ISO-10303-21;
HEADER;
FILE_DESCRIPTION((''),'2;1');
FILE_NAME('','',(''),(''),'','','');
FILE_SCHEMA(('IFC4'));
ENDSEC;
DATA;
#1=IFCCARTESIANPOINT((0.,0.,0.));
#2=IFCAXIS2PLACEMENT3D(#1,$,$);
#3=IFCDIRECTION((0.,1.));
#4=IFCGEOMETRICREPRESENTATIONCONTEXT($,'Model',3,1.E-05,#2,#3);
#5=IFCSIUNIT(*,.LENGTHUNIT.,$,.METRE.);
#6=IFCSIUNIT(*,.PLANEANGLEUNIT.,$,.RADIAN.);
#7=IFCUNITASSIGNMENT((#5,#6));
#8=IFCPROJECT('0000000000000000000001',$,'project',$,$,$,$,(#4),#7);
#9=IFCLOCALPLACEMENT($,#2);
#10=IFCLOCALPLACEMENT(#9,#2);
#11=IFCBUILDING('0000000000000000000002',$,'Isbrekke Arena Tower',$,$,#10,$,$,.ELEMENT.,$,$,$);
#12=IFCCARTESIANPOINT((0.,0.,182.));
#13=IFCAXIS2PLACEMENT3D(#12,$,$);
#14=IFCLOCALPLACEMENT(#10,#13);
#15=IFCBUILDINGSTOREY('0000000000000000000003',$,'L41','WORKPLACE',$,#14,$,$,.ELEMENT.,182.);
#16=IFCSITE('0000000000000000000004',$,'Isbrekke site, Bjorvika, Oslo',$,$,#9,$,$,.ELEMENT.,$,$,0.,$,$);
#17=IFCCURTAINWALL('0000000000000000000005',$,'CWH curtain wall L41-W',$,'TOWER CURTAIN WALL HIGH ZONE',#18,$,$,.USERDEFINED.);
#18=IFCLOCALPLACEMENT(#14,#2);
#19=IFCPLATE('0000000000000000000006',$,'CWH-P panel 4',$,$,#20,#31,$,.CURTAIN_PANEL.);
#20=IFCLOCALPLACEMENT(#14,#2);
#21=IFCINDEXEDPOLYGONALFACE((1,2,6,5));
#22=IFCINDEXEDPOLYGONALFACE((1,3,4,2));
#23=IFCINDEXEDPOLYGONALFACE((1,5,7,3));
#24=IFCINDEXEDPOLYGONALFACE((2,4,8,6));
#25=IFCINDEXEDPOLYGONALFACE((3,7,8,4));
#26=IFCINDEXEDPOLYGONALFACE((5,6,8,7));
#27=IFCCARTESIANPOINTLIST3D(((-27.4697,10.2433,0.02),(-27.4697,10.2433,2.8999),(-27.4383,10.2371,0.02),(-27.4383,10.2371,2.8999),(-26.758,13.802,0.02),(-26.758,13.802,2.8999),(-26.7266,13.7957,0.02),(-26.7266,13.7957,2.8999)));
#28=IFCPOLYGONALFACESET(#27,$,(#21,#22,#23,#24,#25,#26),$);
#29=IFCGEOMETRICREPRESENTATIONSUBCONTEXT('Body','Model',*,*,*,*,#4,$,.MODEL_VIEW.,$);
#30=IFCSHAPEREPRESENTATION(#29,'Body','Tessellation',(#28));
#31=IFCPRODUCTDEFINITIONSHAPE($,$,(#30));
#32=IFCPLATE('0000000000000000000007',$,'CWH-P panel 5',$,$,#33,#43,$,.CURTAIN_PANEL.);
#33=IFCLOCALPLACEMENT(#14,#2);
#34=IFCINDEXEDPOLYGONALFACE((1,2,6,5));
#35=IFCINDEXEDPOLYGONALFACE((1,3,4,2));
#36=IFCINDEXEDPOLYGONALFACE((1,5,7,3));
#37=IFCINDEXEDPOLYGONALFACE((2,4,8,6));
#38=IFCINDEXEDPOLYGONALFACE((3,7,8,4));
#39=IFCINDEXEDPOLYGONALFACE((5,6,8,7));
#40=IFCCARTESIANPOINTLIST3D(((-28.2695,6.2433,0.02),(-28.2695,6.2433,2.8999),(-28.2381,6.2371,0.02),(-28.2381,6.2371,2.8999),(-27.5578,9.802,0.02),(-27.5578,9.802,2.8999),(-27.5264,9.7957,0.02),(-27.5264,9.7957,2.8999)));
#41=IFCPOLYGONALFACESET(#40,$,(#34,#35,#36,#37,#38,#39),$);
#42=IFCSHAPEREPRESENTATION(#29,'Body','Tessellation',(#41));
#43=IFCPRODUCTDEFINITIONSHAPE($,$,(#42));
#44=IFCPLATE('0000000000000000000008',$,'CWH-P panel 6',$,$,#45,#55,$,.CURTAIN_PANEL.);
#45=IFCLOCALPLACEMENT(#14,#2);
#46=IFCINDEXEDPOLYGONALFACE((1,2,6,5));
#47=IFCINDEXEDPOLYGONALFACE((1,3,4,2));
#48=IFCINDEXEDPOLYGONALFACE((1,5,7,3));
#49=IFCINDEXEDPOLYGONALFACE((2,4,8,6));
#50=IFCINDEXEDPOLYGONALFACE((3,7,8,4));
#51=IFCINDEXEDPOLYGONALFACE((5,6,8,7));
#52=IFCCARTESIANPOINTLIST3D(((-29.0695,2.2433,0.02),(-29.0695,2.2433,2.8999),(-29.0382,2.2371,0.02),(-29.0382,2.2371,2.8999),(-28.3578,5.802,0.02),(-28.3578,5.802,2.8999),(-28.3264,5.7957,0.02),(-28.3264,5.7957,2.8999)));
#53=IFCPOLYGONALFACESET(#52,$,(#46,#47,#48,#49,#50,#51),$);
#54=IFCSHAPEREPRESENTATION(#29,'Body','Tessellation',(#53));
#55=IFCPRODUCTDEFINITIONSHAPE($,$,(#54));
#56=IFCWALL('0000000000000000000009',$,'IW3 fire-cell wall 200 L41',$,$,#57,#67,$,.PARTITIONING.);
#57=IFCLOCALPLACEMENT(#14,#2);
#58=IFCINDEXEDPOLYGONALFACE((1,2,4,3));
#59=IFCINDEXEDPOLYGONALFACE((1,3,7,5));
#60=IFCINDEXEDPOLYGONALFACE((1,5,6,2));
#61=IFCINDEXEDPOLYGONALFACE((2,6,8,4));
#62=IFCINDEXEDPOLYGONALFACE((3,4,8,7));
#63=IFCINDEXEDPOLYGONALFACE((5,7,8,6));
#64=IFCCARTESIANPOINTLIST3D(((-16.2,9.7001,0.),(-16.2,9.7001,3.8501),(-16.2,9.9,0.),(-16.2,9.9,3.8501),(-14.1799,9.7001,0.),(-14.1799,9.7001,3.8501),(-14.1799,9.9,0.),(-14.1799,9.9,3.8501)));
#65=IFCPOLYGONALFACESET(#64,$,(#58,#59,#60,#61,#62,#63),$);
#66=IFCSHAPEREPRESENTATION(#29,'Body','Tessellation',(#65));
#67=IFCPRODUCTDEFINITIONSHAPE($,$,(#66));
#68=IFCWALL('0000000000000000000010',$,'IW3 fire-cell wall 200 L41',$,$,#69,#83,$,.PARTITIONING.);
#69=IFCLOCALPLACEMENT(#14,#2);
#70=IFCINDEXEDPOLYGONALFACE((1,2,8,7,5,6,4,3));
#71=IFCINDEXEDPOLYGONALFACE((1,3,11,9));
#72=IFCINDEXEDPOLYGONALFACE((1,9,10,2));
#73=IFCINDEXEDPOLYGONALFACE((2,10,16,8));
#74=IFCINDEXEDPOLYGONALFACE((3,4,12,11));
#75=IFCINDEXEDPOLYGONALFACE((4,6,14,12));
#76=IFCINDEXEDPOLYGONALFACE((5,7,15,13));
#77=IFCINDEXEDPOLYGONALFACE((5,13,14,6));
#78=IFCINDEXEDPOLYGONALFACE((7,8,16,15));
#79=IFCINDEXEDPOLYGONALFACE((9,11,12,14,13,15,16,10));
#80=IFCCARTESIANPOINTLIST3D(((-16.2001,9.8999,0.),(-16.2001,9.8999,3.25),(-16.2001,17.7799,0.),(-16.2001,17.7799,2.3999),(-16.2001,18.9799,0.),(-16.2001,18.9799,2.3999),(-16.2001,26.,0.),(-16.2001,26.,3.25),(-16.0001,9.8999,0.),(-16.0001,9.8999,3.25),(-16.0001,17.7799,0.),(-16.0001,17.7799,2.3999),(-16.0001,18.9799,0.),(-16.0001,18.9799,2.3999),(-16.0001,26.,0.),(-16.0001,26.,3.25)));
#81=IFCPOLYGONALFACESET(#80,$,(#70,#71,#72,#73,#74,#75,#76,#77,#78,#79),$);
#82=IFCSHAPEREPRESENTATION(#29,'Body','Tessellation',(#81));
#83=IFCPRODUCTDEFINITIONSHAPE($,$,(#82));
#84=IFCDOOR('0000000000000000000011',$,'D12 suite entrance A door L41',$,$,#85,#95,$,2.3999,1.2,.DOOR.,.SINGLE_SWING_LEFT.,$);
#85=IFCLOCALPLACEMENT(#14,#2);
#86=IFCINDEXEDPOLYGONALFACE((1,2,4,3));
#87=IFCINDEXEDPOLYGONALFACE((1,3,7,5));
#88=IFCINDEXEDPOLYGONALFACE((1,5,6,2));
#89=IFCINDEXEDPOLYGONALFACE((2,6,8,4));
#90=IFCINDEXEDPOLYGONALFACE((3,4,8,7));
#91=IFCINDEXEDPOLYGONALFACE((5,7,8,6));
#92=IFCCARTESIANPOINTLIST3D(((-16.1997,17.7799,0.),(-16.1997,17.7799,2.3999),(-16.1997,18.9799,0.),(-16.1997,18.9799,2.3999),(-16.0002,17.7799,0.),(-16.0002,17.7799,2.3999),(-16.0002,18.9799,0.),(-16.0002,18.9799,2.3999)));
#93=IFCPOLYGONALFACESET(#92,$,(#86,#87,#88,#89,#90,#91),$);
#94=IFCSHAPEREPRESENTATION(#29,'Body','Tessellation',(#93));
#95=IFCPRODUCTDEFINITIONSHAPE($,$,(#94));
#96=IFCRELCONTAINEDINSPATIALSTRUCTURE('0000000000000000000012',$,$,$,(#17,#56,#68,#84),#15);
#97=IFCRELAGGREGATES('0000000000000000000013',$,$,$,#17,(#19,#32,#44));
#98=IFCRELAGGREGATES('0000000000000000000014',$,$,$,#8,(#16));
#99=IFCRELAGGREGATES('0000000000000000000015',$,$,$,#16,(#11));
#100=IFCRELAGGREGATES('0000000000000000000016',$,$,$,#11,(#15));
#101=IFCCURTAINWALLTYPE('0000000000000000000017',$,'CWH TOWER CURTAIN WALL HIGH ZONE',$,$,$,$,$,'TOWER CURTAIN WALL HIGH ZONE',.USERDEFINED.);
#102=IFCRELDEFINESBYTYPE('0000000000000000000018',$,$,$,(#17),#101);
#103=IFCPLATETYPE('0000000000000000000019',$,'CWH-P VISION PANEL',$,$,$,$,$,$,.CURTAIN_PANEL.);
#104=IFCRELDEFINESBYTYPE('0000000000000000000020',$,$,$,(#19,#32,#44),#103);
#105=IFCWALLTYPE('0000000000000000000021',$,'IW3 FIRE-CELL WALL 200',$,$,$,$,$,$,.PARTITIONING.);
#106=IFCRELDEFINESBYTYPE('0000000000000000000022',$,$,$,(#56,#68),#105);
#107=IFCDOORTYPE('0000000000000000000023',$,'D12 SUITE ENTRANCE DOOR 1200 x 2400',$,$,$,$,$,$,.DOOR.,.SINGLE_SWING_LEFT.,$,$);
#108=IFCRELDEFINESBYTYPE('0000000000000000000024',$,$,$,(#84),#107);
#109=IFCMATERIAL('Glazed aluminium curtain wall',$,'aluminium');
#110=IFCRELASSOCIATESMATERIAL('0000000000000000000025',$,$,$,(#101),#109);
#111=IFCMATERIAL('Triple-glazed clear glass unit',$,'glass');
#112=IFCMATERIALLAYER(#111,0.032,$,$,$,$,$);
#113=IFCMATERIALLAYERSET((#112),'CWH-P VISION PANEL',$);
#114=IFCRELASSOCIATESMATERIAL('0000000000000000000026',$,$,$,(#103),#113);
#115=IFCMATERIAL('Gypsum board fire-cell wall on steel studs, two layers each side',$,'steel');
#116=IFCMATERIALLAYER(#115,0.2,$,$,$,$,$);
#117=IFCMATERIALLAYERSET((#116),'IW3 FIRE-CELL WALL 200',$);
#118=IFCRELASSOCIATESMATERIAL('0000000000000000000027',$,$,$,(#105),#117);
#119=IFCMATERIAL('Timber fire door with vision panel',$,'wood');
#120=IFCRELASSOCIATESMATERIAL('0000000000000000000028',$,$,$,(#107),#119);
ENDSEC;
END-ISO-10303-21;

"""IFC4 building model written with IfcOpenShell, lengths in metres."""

from ifc_helpers import new_model, si_unit, direction, frame, frame_2d, origin, origin_2d, place, context, subcontext, project, spatial, rectangle, extrude, material, layer, layer_set, type_object, element, fill, aggregate, save


model = new_model("IFC4")

# Units and contexts
model_context = context("Model", 3, precision=1e-05, world=origin(), true_north=direction((0.0, 1.0)))
body_context = subcontext(model_context, "Body", "Model", "MODEL_VIEW")
ifc_project = project(units=[si_unit("LENGTHUNIT", "METRE"), si_unit("PLANEANGLEUNIT", "RADIAN")], contexts=[model_context])

# Site, building, storey
site_placement = place(None, origin())
site = spatial("IfcSite", under=ifc_project, at=site_placement, Name="Isbrekke site, Bjorvika, Oslo", CompositionType="ELEMENT", RefElevation=0.0)
building_placement = place(site_placement, origin())
building = spatial("IfcBuilding", under=site, at=building_placement, Name="Isbrekke Arena Tower", CompositionType="ELEMENT")
storey_placement = place(building_placement, frame((0.0, 0.0, 182.0)))
storey = spatial("IfcBuildingStorey", under=building, at=storey_placement, Name="L41", Description="WORKPLACE", CompositionType="ELEMENT", Elevation=182.0)

# Curtain wall
ifc_material_1 = material(Name="Glazed aluminium curtain wall", Category="aluminium")
curtain_wall_type = type_object("IfcCurtainWallType", Name="CWH TOWER CURTAIN WALL HIGH ZONE", ElementType="TOWER CURTAIN WALL HIGH ZONE", PredefinedType="USERDEFINED", material=ifc_material_1)
curtain_wall_placement = place(storey_placement, origin())
curtain_wall = element("IfcCurtainWall", 1, at=curtain_wall_placement, inside=storey, type_object=curtain_wall_type, Name="CWH curtain wall L41-W", ObjectType="TOWER CURTAIN WALL HIGH ZONE", PredefinedType="USERDEFINED")

# Plates
ifc_material_2 = material(Name="Triple-glazed clear glass unit", Category="glass")
ifc_layer_1 = layer(ifc_material_2, 0.032)
ifc_layer_set_1 = layer_set([ifc_layer_1], Name="CWH-P VISION PANEL")
plate_type = type_object("IfcPlateType", Name="CWH-P VISION PANEL", PredefinedType="CURTAIN_PANEL", material=ifc_layer_set_1)
plate_1_placement = place(storey_placement, frame((-27.0981, 12.0195, 0.02), z_axis=(0.0, 0.0, 1.0), x_axis=(-0.196116, -0.980581, 0.0)))
plate_1 = element("IfcPlate", 2, at=plate_1_placement, type_object=plate_type, Name="CWH-P panel 4", PredefinedType="CURTAIN_PANEL", context=body_context, shape_type="SweptSolid", body=[
    extrude(rectangle(XDim=3.6292, YDim=0.032, at=origin_2d()), origin(), (0.0, 0.0, 1.0), 2.8799),
])
plate_2_placement = place(storey_placement, frame((-27.8979, 8.0195, 0.02), z_axis=(0.0, 0.0, 1.0), x_axis=(-0.196116, -0.980581, 0.0)))
plate_2 = element("IfcPlate", 3, at=plate_2_placement, type_object=plate_type, Name="CWH-P panel 5", PredefinedType="CURTAIN_PANEL", context=body_context, shape_type="SweptSolid", body=[
    extrude(rectangle(XDim=3.6292, YDim=0.032, at=origin_2d()), origin(), (0.0, 0.0, 1.0), 2.8799),
])
plate_3_placement = place(storey_placement, frame((-28.698, 4.0195, 0.02), z_axis=(0.0, 0.0, 1.0), x_axis=(-0.196116, -0.980581, 0.0)))
plate_3 = element("IfcPlate", 4, at=plate_3_placement, type_object=plate_type, Name="CWH-P panel 6", PredefinedType="CURTAIN_PANEL", context=body_context, shape_type="SweptSolid", body=[
    extrude(rectangle(XDim=3.6292, YDim=0.032, at=origin_2d()), origin(), (0.0, 0.0, 1.0), 2.8799),
])
aggregate(curtain_wall, [plate_1, plate_2, plate_3])

# Wall
ifc_material_3 = material(Name="Gypsum board fire-cell wall on steel studs, two layers each side", Category="steel")
ifc_layer_2 = layer(ifc_material_3, 0.2)
ifc_layer_set_2 = layer_set([ifc_layer_2], Name="IW3 FIRE-CELL WALL 200")
wall_type = type_object("IfcWallType", Name="IW3 FIRE-CELL WALL 200", PredefinedType="PARTITIONING", material=ifc_layer_set_2)
wall_1_placement = place(storey_placement, frame((-16.2, 9.8, 0.0), z_axis=(0.0, 0.0, 1.0), x_axis=(1.0, 0.0, 0.0)))
element("IfcWall", 5, at=wall_1_placement, inside=storey, type_object=wall_type, Name="IW3 fire-cell wall 200 L41", PredefinedType="PARTITIONING", context=body_context, shape_type="SweptSolid", body=[
    extrude(rectangle(XDim=2.02, YDim=0.2, at=frame_2d((1.01, 0.0))), origin(), (0.0, 0.0, 1.0), 3.8501),
])

# Wall, opening, door
wall_2_placement = place(storey_placement, frame((-16.1001, 9.8999, 0.0), z_axis=(0.0, 0.0, 1.0), x_axis=(0.0, 1.0, 0.0)))
wall_2 = element("IfcWall", 6, at=wall_2_placement, inside=storey, type_object=wall_type, Name="IW3 fire-cell wall 200 L41", PredefinedType="PARTITIONING", context=body_context, shape_type="SweptSolid", body=[
    extrude(rectangle(XDim=16.1001, YDim=0.2, at=frame_2d((8.05, 0.0))), origin(), (0.0, 0.0, 1.0), 3.25),
])
opening_placement = place(wall_2_placement, frame((7.8799, 0.0, 0.0)))
opening = element("IfcOpeningElement", 7, at=opening_placement, cuts=wall_2, PredefinedType="OPENING", context=body_context, shape_type="SweptSolid", body=[
    extrude(rectangle(XDim=1.2, YDim=2.3999, at=frame_2d((0.6001, 1.2))), frame((0.0, 0.1147, 0.0), z_axis=(0.0, -1.0, 0.0), x_axis=(1.0, 0.0, 0.0)), (0.0, 0.0, 1.0), 0.2297),
])
ifc_material_4 = material(Name="Timber fire door with vision panel", Category="wood")
door_type = type_object("IfcDoorType", Name="D12 SUITE ENTRANCE DOOR 1200 x 2400", OperationType="SINGLE_SWING_LEFT", PredefinedType="DOOR", material=ifc_material_4)
door_placement = place(opening_placement, origin())
door = element("IfcDoor", 8, at=door_placement, inside=storey, type_object=door_type, Name="D12 suite entrance A door L41", OperationType="SINGLE_SWING_LEFT", OverallHeight=2.3999, OverallWidth=1.2, PredefinedType="DOOR", context=body_context, shape_type="SweptSolid", body=[
    extrude(rectangle(XDim=1.2, YDim=2.3999, at=frame_2d((0.6001, 1.2))), frame((0.0, 0.0996, 0.0), z_axis=(0.0, -1.0, 0.0), x_axis=(1.0, 0.0, 0.0)), (0.0, 0.0, 1.0), 0.1995),
])
fill(opening, door)

save(model, "model.ifc")
